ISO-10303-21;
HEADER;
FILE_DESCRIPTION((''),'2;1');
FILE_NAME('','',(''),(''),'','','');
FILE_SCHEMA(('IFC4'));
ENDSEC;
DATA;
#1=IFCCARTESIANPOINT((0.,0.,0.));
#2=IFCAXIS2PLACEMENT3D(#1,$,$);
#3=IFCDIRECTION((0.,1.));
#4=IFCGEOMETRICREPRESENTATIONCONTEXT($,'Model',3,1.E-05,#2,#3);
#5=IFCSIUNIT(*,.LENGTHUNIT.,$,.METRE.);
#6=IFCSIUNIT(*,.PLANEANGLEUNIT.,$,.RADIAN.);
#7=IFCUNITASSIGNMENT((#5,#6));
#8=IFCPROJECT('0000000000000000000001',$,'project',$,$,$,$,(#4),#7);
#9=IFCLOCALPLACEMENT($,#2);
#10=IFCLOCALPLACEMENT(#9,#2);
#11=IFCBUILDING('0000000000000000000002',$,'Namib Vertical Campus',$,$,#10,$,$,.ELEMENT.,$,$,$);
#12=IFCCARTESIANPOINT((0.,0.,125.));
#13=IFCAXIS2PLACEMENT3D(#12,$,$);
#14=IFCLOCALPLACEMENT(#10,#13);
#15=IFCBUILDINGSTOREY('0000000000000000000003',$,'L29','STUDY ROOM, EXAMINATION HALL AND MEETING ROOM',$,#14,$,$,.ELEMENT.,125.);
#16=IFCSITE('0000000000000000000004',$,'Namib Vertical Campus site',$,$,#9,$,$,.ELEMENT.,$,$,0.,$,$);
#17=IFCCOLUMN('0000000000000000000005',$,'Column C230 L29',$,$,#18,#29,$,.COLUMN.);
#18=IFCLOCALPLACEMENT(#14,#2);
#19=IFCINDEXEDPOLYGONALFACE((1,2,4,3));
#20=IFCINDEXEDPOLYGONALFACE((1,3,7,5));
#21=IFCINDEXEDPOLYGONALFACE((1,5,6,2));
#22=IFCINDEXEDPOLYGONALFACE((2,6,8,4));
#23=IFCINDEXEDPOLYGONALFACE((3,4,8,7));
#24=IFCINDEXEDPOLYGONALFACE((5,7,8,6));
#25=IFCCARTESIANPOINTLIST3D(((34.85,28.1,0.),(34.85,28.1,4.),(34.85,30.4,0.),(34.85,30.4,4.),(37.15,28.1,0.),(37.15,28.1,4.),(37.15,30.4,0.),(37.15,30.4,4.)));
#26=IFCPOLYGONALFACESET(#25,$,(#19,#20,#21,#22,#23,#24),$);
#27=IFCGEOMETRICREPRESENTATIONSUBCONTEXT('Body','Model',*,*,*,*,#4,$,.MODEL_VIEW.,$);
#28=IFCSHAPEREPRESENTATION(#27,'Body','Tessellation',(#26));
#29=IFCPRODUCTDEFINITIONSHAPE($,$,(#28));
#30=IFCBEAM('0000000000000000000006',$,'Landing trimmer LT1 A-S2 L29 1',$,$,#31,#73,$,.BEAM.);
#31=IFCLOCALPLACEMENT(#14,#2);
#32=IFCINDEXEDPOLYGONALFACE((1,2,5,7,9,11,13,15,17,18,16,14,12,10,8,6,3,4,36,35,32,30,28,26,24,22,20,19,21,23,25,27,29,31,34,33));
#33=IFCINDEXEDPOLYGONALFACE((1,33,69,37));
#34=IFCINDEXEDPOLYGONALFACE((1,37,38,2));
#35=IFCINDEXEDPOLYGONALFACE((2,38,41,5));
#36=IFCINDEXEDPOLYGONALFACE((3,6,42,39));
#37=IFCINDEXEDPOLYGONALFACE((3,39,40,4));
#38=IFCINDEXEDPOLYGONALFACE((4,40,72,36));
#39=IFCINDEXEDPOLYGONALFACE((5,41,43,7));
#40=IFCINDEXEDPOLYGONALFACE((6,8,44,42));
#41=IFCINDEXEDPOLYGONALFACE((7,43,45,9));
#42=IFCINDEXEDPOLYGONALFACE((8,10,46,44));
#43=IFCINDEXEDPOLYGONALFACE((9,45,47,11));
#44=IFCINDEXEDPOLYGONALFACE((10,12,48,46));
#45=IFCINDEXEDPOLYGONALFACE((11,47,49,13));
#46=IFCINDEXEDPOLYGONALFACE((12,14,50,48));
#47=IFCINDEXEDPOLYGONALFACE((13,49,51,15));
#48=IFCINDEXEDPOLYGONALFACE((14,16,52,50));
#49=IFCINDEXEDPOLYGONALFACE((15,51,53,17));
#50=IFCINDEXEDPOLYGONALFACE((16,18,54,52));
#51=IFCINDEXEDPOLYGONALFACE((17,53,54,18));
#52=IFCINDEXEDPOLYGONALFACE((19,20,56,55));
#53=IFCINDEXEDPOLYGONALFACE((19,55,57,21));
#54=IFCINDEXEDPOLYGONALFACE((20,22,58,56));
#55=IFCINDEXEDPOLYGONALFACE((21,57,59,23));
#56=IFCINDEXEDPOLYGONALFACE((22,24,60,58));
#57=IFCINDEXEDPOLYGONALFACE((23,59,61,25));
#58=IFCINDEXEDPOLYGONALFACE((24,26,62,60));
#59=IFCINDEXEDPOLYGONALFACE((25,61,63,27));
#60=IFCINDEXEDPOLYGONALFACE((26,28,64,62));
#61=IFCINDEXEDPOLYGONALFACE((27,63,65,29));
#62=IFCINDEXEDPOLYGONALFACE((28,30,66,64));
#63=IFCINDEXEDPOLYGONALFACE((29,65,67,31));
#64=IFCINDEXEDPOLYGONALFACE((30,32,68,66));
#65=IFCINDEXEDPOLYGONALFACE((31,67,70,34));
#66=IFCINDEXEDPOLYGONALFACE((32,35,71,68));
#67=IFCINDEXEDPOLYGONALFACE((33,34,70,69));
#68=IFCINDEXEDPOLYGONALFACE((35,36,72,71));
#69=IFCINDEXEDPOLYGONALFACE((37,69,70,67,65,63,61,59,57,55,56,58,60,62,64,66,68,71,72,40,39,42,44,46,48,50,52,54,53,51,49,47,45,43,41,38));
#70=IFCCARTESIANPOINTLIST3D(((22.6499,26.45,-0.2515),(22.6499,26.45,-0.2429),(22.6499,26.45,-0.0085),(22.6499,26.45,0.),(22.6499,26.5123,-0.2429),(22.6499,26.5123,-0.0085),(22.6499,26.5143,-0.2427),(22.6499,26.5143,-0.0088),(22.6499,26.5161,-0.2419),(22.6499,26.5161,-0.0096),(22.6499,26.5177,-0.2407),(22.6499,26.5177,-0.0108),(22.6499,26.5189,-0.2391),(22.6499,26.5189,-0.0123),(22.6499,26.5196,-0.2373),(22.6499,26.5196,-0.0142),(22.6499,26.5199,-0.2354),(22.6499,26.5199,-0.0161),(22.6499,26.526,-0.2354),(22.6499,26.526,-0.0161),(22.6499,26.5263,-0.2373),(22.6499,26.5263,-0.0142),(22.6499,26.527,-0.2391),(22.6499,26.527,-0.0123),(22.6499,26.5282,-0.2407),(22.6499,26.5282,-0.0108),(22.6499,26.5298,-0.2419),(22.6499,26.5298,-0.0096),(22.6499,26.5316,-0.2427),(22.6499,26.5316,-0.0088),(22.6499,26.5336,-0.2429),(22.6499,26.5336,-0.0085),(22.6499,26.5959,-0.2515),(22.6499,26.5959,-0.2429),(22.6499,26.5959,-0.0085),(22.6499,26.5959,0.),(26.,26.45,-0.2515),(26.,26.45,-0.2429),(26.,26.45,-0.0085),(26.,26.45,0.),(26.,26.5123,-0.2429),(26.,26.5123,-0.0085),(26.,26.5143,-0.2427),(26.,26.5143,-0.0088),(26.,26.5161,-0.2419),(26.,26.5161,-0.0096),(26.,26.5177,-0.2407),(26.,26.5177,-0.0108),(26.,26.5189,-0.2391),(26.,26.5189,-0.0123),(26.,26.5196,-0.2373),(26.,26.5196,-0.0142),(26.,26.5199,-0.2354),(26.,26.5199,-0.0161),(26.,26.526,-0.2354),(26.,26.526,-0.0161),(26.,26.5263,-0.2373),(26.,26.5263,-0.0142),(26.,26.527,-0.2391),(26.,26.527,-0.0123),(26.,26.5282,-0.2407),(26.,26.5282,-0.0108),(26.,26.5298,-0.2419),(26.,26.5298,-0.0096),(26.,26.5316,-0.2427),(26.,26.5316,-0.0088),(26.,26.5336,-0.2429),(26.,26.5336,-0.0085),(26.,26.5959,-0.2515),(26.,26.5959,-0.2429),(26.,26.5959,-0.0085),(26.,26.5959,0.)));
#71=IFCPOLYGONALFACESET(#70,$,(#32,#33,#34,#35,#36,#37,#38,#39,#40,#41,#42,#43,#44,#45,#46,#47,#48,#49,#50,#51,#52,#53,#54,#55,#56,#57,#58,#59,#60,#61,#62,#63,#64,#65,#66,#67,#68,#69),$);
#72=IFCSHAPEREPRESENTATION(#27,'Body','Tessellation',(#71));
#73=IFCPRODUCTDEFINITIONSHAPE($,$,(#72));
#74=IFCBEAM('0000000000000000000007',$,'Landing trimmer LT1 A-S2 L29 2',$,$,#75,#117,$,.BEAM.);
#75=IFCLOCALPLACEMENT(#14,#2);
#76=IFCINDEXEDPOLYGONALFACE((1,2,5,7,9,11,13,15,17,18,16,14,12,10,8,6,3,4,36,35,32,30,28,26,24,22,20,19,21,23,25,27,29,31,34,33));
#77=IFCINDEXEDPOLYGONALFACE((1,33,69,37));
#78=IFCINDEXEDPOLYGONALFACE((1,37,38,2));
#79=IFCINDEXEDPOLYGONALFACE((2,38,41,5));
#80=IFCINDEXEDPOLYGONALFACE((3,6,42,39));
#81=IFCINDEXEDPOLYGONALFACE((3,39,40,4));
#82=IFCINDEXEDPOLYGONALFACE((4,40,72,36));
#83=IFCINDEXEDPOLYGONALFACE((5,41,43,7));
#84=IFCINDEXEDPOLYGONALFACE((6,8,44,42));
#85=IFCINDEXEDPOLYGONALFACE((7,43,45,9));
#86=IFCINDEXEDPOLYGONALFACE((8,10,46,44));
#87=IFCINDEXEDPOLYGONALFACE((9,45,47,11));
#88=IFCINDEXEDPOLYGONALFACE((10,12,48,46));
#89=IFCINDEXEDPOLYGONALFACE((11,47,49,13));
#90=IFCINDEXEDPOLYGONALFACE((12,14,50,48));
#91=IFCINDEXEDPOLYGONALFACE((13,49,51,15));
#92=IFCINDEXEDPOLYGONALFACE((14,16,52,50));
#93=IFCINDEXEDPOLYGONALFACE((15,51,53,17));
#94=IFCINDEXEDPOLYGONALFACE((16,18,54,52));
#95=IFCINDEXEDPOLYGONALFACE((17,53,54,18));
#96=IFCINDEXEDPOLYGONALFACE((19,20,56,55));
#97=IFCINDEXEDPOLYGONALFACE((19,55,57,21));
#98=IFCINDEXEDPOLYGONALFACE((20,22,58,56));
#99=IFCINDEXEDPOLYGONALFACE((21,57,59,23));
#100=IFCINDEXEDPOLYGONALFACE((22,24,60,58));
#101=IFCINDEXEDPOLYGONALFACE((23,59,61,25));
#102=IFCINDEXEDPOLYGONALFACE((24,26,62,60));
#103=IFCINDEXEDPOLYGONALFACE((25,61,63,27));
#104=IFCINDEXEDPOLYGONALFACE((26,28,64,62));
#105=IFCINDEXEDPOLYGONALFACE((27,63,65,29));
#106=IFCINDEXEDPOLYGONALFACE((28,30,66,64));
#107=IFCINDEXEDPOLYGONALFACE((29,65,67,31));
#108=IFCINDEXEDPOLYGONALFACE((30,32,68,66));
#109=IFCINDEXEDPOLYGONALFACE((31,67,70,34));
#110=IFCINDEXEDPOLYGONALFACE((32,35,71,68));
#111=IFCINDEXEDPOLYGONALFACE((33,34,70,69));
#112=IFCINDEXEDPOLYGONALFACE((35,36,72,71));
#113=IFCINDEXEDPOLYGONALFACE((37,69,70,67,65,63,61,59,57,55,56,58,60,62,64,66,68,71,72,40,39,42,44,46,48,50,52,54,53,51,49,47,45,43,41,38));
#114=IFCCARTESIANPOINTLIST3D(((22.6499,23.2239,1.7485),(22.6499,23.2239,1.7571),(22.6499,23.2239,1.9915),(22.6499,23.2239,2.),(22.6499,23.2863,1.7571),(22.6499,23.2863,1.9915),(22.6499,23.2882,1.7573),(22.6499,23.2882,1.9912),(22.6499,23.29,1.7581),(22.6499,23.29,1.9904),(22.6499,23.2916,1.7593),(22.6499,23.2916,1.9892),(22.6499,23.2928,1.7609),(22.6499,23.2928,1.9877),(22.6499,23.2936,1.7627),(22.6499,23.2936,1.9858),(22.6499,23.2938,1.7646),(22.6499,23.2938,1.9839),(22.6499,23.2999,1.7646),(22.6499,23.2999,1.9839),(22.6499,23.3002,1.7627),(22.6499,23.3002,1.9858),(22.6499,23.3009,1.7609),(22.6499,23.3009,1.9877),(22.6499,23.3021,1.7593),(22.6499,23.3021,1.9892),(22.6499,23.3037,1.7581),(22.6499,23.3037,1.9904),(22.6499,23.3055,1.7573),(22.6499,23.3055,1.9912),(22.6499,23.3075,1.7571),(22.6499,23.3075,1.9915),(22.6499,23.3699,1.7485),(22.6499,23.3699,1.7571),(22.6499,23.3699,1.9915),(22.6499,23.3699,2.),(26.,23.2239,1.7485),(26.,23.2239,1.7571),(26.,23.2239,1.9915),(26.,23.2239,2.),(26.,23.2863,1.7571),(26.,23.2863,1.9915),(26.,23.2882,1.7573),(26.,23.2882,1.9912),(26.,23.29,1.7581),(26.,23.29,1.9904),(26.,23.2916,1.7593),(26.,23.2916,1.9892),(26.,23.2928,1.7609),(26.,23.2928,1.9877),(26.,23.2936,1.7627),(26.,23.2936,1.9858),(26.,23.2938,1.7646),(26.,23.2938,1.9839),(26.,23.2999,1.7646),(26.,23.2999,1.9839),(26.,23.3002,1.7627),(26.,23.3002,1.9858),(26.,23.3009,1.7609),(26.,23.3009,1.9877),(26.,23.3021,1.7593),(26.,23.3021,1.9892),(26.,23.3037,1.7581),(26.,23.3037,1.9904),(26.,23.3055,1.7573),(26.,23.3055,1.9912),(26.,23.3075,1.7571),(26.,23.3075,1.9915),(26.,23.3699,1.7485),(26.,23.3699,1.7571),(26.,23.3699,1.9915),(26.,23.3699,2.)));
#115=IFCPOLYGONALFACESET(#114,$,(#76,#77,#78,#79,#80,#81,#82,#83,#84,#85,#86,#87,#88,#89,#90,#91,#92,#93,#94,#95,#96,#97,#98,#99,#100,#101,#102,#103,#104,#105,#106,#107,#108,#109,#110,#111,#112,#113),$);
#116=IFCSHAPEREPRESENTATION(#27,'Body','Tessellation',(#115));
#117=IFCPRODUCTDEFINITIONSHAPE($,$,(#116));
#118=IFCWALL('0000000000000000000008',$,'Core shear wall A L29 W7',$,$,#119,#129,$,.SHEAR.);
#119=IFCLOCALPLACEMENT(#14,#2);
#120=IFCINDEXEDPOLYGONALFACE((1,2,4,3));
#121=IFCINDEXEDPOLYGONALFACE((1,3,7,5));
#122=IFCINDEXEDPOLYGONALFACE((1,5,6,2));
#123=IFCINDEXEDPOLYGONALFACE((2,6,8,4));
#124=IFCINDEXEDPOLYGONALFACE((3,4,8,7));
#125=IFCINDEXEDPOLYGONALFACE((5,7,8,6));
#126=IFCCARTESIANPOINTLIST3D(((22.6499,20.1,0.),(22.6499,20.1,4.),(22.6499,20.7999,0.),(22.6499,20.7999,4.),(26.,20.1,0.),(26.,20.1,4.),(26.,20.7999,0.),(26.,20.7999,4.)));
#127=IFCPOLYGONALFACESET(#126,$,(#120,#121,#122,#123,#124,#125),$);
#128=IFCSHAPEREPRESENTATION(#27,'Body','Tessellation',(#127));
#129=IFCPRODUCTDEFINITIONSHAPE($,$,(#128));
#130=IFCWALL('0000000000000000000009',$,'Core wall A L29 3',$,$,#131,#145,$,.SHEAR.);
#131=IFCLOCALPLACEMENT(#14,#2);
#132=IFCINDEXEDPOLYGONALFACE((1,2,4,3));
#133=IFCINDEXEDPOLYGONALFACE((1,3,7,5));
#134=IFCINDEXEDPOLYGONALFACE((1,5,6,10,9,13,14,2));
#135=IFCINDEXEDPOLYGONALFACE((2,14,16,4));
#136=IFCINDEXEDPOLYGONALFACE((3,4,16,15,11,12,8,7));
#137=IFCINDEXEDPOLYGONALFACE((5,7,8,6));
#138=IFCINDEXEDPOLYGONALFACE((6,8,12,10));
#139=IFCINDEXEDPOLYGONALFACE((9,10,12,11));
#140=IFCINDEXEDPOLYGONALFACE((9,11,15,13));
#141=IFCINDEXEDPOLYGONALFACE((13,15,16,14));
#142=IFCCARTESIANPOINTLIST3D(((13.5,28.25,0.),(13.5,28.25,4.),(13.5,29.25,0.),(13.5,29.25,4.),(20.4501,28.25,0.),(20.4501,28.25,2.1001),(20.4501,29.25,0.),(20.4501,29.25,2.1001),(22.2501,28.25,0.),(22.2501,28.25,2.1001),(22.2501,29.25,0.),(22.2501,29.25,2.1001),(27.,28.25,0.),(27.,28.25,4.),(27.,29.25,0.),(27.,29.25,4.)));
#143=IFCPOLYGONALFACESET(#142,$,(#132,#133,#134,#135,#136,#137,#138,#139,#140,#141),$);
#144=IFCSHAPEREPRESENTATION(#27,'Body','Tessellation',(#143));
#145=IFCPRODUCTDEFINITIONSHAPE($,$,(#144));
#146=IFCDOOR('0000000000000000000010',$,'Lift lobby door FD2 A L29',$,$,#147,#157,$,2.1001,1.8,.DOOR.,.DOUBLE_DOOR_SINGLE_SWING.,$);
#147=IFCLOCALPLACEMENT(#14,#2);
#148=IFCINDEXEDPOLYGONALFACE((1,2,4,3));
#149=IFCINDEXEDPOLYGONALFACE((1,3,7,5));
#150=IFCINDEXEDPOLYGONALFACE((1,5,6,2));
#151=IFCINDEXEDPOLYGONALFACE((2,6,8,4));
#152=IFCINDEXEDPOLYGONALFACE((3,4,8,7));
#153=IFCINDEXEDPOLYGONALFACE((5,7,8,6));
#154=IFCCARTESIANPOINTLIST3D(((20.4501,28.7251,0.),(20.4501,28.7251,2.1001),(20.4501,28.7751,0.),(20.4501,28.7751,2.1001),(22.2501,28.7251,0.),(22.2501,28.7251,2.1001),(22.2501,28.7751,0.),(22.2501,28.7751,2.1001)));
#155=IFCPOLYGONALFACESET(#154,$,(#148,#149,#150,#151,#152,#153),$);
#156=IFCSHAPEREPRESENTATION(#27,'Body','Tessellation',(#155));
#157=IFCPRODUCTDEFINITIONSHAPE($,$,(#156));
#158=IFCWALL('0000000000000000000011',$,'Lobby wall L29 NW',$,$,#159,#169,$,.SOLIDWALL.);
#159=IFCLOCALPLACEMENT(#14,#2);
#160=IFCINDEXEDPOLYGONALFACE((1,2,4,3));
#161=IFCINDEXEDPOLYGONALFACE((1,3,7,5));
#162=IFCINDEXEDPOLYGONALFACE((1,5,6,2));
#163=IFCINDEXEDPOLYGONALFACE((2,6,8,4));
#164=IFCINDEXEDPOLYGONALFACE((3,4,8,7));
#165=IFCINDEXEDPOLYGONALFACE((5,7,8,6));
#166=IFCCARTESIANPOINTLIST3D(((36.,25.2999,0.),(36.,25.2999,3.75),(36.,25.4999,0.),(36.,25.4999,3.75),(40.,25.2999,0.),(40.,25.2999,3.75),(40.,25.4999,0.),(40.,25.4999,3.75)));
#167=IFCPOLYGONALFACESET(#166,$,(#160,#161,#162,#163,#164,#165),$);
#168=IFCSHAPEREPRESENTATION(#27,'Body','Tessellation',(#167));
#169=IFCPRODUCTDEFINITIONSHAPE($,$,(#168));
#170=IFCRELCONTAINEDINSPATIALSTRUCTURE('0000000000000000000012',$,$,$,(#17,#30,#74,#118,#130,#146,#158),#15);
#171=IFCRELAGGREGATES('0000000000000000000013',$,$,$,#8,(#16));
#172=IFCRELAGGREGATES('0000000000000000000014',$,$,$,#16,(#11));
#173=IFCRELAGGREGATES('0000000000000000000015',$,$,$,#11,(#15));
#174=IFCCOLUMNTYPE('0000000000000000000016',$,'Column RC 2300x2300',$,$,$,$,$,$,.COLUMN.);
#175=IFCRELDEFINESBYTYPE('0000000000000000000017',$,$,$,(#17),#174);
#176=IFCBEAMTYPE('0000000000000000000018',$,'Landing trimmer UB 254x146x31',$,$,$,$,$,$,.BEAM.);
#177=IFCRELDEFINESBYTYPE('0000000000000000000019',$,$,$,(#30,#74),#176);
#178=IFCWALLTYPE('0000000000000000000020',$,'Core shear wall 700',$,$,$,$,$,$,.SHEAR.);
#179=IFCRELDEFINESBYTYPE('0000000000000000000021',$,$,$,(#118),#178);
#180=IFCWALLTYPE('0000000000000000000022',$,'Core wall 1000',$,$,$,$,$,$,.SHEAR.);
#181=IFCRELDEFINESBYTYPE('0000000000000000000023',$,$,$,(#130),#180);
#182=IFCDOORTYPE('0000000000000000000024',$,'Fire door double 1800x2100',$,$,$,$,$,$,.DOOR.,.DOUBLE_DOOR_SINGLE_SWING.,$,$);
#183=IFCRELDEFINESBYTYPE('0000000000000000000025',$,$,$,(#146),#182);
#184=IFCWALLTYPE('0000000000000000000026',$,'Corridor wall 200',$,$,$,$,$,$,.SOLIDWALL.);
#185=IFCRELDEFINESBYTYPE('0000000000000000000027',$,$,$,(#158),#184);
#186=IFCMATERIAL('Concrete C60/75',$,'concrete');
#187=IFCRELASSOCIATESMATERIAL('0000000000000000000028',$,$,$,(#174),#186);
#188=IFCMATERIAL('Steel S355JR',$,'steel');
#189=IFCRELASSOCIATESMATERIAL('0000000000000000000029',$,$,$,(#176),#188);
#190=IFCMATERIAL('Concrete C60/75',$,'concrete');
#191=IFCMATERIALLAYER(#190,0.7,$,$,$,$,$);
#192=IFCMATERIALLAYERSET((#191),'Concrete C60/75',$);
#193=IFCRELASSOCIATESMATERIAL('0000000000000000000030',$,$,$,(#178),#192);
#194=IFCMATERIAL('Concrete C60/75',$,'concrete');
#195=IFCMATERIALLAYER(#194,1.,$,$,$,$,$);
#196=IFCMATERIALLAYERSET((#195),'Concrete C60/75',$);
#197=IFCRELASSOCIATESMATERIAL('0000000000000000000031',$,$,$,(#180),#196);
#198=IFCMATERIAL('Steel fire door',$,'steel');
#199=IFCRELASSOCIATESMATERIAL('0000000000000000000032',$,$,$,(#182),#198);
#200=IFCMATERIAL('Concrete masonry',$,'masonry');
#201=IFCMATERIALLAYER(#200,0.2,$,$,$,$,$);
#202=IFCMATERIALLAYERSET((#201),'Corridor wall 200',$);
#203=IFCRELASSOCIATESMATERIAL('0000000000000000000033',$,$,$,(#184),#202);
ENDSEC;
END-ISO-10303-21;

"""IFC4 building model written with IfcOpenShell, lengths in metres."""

from ifc_helpers import new_model, si_unit, direction, frame, frame_2d, origin, origin_2d, place, context, subcontext, project, spatial, rectangle, i_section, extrude, material, layer, layer_set, material_profile, profile_set, type_object, element, fill, save


model = new_model("IFC4")

# Units and contexts
model_context = context("Model", 3, precision=1e-05, world=origin(), true_north=direction((0.0, 1.0)))
body_context = subcontext(model_context, "Body", "Model", "MODEL_VIEW")
ifc_project = project(units=[si_unit("LENGTHUNIT", "METRE"), si_unit("PLANEANGLEUNIT", "RADIAN")], contexts=[model_context])

# Site, building, storey
site_placement = place(None, origin())
site = spatial("IfcSite", under=ifc_project, at=site_placement, Name="Namib Vertical Campus site", CompositionType="ELEMENT", RefElevation=0.0)
building_placement = place(site_placement, origin())
building = spatial("IfcBuilding", under=site, at=building_placement, Name="Namib Vertical Campus", CompositionType="ELEMENT")
storey_placement = place(building_placement, frame((0.0, 0.0, 125.0)))
storey = spatial("IfcBuildingStorey", under=building, at=storey_placement, Name="L29", Description="STUDY ROOM, EXAMINATION HALL AND MEETING ROOM", CompositionType="ELEMENT", Elevation=125.0)

# Column
ifc_material_1 = material(Name="Concrete C60/75", Category="concrete")
ifc_material_profile_1 = material_profile(ifc_material_1, rectangle(XDim=2.3, YDim=2.3, at=origin_2d()))
ifc_profile_set_1 = profile_set([ifc_material_profile_1], Name="Concrete C60/75")
column_type = type_object("IfcColumnType", Name="Column RC 2300x2300", PredefinedType="COLUMN", material=ifc_profile_set_1)
column_placement = place(storey_placement, frame((36.0, 29.25, 0.0), z_axis=(0.0, 0.0, 1.0), x_axis=(1.0, 0.0, 0.0)))
element("IfcColumn", 1, at=column_placement, inside=storey, type_object=column_type, Name="Column C230 L29", PredefinedType="COLUMN", context=body_context, shape_type="SweptSolid", body=[
    extrude(rectangle(XDim=2.3, YDim=2.3, at=origin_2d()), origin(), (0.0, 0.0, 1.0), 4.0),
])

# Beams
ifc_material_2 = material(Name="Steel S355JR", Category="steel")
ifc_material_profile_2 = material_profile(ifc_material_2, i_section(OverallWidth=0.146, OverallDepth=0.2515, WebThickness=0.0061, FlangeThickness=0.0085, FilletRadius=0.0076, at=origin_2d()))
ifc_profile_set_2 = profile_set([ifc_material_profile_2], Name="Steel S355JR")
beam_type = type_object("IfcBeamType", Name="Landing trimmer UB 254x146x31", PredefinedType="BEAM", material=ifc_profile_set_2)
for number, where, z_axis, x_axis, name in (
    (2, (22.6499, 26.5229, -0.1257), (1.0, 0.0, 0.0), (0.0, 1.0, 0.0), "Landing trimmer LT1 A-S2 L29 1"),
    (3, (22.6499, 23.2969, 1.8743), (1.0, 0.0, 0.0), (0.0, 1.0, 0.0), "Landing trimmer LT1 A-S2 L29 2"),
):
    element("IfcBeam", number, at=place(storey_placement, frame(where, z_axis=z_axis, x_axis=x_axis)), inside=storey, type_object=beam_type, Name=name, PredefinedType="BEAM", context=body_context, shape_type="SweptSolid", body=[
        extrude(i_section(OverallWidth=0.146, OverallDepth=0.2515, WebThickness=0.0061, FlangeThickness=0.0085, FilletRadius=0.0076, at=origin_2d()), origin(), (0.0, 0.0, 1.0), 3.3501),
    ])

# Wall
ifc_material_3 = material(Name="Concrete C60/75", Category="concrete")
ifc_layer_1 = layer(ifc_material_3, 0.7)
ifc_layer_set_1 = layer_set([ifc_layer_1], Name="Concrete C60/75")
wall_type_1 = type_object("IfcWallType", Name="Core shear wall 700", PredefinedType="SHEAR", material=ifc_layer_set_1)
wall_1_placement = place(storey_placement, frame((22.6499, 20.45, 0.0), z_axis=(0.0, 0.0, 1.0), x_axis=(1.0, 0.0, 0.0)))
element("IfcWall", 4, at=wall_1_placement, inside=storey, type_object=wall_type_1, Name="Core shear wall A L29 W7", PredefinedType="SHEAR", context=body_context, shape_type="SweptSolid", body=[
    extrude(rectangle(XDim=3.3501, YDim=0.7, at=frame_2d((1.675, 0.0))), origin(), (0.0, 0.0, 1.0), 4.0),
])

# Wall, opening, door
ifc_material_4 = material(Name="Concrete C60/75", Category="concrete")
ifc_layer_2 = layer(ifc_material_4, 1.0)
ifc_layer_set_2 = layer_set([ifc_layer_2], Name="Concrete C60/75")
wall_type_2 = type_object("IfcWallType", Name="Core wall 1000", PredefinedType="SHEAR", material=ifc_layer_set_2)
wall_2_placement = place(storey_placement, frame((27.0, 28.75, 0.0), z_axis=(0.0, 0.0, 1.0), x_axis=(-1.0, 0.0, 0.0)))
wall_2 = element("IfcWall", 5, at=wall_2_placement, inside=storey, type_object=wall_type_2, Name="Core wall A L29 3", PredefinedType="SHEAR", context=body_context, shape_type="SweptSolid", body=[
    extrude(rectangle(XDim=13.5, YDim=1.0, at=frame_2d((6.75, 0.0))), origin(), (0.0, 0.0, 1.0), 4.0),
])
opening_1_placement = place(wall_2_placement, frame((4.75, 0.0, 0.0)))
opening_1 = element("IfcOpeningElement", 6, at=opening_1_placement, cuts=wall_2, PredefinedType="OPENING", context=body_context, shape_type="SweptSolid", body=[
    extrude(rectangle(XDim=1.8, YDim=2.1001, at=frame_2d((0.8999, 1.05))), frame((0.0, 0.51, 0.0), z_axis=(0.0, -1.0, 0.0), x_axis=(1.0, 0.0, 0.0)), (0.0, 0.0, 1.0), 1.02),
])
ifc_material_5 = material(Name="Steel fire door", Category="steel")
door_type_1 = type_object("IfcDoorType", Name="Fire door double 1800x2100", OperationType="DOUBLE_DOOR_SINGLE_SWING", PredefinedType="DOOR", material=ifc_material_5)
door_1_placement = place(opening_1_placement, origin())
door_1 = element("IfcDoor", 7, at=door_1_placement, inside=storey, type_object=door_type_1, Name="Lift lobby door FD2 A L29", OperationType="DOUBLE_DOOR_SINGLE_SWING", OverallHeight=2.1001, OverallWidth=1.8, PredefinedType="DOOR", context=body_context, shape_type="SweptSolid", body=[
    extrude(rectangle(XDim=1.8, YDim=2.1001, at=frame_2d((0.8999, 1.05))), frame((0.0, 0.0249, 0.0), z_axis=(0.0, -1.0, 0.0), x_axis=(1.0, 0.0, 0.0)), (0.0, 0.0, 1.0), 0.05),
])
fill(opening_1, door_1)

# Wall
ifc_material_6 = material(Name="Concrete masonry", Category="masonry")
ifc_layer_3 = layer(ifc_material_6, 0.2)
ifc_layer_set_3 = layer_set([ifc_layer_3], Name="Corridor wall 200")
wall_type_3 = type_object("IfcWallType", Name="Corridor wall 200", PredefinedType="SOLIDWALL", material=ifc_layer_set_3)
wall_3_placement = place(storey_placement, frame((36.0, 25.3999, 0.0), z_axis=(0.0, 0.0, 1.0), x_axis=(1.0, 0.0, 0.0)))
element("IfcWall", 8, at=wall_3_placement, inside=storey, type_object=wall_type_3, Name="Lobby wall L29 NW", PredefinedType="SOLIDWALL", context=body_context, shape_type="SweptSolid", body=[
    extrude(rectangle(XDim=4.0, YDim=0.2, at=frame_2d((2.0, 0.0))), origin(), (0.0, 0.0, 1.0), 3.75),
])

save(model, "model.ifc")
